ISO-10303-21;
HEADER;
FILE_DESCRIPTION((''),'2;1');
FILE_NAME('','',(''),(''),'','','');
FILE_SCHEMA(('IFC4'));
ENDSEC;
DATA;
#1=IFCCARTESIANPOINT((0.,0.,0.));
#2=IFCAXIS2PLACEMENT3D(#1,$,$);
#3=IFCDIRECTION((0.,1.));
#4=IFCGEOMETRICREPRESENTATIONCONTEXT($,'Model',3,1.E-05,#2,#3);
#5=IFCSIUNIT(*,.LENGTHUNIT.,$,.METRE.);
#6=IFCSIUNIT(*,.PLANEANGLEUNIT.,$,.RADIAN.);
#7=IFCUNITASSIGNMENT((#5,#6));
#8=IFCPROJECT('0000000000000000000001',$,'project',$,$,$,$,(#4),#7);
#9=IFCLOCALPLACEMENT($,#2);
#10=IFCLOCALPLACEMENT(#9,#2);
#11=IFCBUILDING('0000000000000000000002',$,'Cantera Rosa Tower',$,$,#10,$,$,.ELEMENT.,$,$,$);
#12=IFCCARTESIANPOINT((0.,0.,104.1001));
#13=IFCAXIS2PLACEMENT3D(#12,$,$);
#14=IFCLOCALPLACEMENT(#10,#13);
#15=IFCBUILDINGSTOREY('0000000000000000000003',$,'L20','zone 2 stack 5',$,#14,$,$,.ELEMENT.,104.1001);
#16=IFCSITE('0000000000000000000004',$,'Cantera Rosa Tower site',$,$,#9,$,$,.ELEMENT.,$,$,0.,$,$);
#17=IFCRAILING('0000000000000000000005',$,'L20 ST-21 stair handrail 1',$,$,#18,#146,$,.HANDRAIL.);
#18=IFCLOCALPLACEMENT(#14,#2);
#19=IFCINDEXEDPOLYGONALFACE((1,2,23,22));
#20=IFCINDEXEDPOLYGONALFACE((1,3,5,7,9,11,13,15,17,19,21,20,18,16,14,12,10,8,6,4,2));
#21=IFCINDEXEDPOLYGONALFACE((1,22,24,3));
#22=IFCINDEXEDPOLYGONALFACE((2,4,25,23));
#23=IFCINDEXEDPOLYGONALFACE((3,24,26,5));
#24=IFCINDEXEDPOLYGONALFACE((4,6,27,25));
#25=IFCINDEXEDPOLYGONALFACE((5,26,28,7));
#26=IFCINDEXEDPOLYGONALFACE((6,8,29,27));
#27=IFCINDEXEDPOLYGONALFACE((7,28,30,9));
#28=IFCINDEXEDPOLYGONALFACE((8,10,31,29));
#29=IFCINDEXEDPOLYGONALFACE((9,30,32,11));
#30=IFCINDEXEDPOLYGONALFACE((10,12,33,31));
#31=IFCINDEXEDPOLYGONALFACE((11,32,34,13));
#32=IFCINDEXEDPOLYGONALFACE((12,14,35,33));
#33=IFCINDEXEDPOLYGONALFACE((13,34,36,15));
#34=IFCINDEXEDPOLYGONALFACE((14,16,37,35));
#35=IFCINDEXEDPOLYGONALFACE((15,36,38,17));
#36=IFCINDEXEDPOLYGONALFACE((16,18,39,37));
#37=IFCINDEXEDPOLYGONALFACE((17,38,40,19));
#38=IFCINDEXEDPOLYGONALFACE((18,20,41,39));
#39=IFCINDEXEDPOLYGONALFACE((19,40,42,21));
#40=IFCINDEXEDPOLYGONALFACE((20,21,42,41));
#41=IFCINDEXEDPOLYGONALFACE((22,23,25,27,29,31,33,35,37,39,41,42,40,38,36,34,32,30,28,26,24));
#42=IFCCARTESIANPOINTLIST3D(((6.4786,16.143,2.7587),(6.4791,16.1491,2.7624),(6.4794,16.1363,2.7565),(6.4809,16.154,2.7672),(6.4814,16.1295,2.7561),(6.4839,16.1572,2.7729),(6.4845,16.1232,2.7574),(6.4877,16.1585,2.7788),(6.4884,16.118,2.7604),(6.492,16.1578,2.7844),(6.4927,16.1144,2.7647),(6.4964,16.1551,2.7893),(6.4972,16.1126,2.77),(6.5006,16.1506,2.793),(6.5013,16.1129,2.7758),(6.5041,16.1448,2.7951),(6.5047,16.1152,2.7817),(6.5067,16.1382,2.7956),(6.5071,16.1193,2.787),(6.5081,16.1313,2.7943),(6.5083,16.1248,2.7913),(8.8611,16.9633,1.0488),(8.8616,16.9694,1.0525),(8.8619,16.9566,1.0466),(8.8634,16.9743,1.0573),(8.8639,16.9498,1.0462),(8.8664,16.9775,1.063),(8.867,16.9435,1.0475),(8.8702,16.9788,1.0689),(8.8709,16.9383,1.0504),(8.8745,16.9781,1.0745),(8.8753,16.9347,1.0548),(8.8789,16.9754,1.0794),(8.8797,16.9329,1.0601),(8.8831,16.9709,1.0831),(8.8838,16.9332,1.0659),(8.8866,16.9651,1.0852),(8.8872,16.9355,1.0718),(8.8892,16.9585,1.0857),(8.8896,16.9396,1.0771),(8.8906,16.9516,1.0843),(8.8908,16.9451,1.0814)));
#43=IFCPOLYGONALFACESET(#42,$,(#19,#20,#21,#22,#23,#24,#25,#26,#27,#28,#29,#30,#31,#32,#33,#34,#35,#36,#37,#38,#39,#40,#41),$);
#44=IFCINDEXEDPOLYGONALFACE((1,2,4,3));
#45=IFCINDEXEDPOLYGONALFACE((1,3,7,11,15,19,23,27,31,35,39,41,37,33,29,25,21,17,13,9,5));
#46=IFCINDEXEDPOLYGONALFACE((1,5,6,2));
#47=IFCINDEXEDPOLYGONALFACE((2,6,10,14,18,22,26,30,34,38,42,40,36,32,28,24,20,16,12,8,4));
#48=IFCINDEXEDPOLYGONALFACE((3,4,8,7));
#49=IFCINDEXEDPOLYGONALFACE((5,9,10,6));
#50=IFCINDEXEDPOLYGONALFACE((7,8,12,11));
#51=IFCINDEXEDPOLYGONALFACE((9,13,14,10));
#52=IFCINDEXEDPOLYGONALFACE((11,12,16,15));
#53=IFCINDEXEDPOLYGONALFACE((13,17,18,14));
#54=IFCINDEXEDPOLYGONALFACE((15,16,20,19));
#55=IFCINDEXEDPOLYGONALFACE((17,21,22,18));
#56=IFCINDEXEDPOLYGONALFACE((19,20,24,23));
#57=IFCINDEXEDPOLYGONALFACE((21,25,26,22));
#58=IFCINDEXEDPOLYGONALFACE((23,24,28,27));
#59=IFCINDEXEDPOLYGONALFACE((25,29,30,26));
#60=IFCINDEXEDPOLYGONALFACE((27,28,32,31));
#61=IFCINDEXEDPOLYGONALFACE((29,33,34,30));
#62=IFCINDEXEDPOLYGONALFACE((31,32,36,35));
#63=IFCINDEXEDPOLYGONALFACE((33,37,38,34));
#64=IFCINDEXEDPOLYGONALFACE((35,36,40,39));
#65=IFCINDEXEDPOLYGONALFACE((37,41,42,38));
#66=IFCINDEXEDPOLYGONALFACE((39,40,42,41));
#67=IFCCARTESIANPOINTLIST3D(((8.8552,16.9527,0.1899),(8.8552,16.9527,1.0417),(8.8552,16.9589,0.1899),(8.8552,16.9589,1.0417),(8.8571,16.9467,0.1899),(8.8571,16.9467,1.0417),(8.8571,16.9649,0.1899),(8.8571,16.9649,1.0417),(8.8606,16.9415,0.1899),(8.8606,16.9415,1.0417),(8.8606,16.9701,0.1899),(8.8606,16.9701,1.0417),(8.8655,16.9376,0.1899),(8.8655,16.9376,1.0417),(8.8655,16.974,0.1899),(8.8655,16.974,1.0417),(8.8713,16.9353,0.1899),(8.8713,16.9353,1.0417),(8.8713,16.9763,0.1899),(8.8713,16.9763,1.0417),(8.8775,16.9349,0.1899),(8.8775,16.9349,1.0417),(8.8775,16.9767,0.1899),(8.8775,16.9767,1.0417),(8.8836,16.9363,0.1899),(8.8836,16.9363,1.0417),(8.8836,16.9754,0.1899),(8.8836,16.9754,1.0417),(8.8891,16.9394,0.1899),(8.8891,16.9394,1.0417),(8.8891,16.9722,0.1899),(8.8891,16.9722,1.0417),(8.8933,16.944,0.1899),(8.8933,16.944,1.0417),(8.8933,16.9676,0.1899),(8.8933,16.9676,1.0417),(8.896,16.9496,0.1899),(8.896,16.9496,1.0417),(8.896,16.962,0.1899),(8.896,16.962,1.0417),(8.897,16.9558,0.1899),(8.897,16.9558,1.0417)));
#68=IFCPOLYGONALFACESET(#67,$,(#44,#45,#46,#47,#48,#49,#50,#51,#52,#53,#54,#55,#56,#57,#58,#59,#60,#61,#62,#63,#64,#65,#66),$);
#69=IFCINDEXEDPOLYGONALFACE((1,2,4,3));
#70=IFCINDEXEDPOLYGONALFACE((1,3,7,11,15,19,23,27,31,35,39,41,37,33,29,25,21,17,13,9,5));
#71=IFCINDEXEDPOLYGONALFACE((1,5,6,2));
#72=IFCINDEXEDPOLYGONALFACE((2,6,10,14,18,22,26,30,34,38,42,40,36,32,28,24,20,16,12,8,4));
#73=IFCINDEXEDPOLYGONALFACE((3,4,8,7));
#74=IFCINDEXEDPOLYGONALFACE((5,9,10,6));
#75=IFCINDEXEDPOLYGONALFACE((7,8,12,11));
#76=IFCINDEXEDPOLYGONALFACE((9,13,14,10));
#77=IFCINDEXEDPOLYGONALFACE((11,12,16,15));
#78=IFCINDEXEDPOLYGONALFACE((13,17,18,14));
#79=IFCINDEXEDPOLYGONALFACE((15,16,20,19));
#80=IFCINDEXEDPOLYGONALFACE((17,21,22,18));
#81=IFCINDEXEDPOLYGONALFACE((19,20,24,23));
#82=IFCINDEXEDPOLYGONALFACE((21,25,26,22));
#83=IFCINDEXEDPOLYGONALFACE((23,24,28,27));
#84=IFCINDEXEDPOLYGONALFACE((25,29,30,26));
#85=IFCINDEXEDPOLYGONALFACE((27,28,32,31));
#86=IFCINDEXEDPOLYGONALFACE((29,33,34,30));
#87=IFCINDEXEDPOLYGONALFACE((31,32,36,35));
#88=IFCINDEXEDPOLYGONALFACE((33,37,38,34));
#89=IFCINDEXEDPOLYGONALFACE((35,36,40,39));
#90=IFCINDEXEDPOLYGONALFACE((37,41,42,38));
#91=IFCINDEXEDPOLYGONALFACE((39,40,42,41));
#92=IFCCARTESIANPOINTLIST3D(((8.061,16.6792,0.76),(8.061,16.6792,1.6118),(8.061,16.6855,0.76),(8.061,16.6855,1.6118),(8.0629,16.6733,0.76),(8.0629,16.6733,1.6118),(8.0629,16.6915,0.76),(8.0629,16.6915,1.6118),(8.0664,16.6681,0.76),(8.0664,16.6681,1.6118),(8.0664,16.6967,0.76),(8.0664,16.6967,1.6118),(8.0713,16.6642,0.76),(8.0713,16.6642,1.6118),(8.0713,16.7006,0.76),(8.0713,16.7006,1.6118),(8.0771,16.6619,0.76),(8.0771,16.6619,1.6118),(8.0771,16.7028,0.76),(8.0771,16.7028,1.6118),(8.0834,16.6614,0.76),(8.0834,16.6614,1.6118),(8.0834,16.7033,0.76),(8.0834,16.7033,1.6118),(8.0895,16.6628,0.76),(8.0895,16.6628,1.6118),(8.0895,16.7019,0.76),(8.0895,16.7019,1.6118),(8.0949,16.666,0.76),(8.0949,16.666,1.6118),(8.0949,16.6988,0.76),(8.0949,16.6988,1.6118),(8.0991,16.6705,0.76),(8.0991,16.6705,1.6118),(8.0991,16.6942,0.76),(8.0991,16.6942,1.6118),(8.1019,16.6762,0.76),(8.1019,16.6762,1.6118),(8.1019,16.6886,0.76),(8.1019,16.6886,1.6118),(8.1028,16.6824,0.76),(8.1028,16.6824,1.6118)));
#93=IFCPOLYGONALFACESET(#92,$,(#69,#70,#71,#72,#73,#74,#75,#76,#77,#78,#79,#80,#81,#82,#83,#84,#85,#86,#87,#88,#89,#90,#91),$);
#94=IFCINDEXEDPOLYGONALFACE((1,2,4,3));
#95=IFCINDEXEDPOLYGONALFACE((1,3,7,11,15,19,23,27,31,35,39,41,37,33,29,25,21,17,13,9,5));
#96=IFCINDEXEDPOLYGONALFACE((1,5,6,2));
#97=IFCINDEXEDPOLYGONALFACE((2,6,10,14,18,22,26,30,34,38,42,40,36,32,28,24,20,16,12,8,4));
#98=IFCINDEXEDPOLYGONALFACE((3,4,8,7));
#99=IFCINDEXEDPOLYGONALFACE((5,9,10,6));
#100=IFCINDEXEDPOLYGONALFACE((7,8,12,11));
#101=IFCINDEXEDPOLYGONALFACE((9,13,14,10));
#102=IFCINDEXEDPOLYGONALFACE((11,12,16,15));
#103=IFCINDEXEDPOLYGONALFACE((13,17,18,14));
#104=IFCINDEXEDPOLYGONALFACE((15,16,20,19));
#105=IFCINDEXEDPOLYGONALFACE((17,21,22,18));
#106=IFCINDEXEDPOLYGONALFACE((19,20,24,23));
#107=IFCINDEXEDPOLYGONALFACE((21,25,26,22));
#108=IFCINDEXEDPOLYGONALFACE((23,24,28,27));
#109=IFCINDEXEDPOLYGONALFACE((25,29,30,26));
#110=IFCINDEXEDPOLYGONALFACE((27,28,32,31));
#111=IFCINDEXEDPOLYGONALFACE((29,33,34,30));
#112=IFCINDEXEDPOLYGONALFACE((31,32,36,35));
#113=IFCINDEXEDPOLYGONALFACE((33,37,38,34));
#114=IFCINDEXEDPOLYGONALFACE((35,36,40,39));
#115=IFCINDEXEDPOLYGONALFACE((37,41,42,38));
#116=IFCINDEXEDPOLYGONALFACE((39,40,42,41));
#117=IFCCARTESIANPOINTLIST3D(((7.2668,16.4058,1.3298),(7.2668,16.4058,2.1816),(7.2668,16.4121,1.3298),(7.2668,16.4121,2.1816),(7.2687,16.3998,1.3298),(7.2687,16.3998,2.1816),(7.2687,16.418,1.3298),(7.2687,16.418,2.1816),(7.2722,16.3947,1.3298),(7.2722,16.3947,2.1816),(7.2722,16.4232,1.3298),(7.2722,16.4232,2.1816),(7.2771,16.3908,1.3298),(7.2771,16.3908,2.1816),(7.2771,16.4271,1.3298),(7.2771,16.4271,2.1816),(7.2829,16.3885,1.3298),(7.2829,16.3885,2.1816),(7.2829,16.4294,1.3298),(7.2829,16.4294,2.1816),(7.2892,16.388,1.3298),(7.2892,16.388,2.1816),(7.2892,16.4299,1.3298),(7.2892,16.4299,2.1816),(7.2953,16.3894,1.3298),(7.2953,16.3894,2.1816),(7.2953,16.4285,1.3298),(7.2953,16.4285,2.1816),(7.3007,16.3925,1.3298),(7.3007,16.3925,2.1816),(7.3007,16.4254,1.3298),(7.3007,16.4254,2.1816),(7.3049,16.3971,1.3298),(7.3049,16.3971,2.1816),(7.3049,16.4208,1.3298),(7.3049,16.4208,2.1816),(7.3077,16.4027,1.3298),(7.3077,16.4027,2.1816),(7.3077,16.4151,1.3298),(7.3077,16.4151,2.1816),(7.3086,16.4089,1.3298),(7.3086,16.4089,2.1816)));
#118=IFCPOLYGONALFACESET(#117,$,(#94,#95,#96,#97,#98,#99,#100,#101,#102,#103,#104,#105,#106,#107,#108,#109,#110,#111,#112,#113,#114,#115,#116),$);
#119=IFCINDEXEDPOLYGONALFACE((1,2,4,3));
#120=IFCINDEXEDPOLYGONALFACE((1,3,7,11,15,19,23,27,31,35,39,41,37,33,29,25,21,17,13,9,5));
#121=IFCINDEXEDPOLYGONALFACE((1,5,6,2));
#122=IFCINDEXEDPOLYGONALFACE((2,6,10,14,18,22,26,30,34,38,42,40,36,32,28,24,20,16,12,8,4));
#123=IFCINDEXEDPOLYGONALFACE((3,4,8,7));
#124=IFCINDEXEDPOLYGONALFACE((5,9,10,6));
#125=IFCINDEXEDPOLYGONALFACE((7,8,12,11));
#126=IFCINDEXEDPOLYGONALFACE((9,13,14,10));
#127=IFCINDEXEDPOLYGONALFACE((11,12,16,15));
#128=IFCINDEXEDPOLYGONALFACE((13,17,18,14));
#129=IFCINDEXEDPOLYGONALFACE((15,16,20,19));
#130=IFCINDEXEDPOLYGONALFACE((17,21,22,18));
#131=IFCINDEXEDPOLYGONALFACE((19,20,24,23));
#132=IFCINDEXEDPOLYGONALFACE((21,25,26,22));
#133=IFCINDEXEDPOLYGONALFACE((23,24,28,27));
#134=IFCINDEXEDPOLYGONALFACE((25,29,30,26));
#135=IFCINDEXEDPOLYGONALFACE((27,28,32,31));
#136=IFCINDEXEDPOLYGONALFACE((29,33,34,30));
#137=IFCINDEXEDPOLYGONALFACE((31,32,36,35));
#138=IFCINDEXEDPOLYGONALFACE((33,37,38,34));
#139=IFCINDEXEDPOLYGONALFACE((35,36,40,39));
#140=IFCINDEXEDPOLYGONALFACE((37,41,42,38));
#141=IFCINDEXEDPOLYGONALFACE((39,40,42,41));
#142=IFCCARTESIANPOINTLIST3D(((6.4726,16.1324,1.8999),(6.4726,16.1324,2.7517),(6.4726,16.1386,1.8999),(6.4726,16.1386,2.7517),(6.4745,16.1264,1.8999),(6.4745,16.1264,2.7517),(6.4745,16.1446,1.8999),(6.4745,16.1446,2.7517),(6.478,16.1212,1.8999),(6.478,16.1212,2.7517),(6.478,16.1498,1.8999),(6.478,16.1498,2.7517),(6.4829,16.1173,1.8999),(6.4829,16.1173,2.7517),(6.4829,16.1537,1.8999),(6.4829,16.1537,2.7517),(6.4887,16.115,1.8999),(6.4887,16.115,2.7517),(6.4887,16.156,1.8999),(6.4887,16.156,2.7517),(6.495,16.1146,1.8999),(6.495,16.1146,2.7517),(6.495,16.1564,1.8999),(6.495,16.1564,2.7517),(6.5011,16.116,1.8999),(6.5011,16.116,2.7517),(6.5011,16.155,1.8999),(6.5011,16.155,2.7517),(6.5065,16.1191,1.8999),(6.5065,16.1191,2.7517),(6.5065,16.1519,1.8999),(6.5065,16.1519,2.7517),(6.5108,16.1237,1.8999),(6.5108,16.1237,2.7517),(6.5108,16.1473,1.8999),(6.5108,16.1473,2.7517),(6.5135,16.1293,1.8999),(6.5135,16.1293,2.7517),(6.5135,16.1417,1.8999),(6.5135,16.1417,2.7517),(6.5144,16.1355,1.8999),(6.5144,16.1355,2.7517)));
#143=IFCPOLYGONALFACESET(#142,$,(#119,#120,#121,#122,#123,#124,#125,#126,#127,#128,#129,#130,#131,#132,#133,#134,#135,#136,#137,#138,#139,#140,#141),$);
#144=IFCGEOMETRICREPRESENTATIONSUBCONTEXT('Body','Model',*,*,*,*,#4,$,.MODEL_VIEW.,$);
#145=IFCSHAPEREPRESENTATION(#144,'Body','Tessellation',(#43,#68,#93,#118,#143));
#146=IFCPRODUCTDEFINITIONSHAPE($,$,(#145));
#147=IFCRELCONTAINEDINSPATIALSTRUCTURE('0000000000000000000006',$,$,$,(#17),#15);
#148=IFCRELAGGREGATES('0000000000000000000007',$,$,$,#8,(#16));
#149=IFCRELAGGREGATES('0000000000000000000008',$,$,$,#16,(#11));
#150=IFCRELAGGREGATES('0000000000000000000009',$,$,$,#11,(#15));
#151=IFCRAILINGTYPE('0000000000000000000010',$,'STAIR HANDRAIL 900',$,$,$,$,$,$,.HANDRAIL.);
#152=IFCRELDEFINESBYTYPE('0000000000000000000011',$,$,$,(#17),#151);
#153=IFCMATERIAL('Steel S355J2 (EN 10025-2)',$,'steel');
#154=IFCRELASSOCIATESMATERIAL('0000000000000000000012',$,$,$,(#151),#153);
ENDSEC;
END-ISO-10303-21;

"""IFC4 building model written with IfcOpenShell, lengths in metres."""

from ifc_helpers import new_model, si_unit, direction, frame, origin, origin_2d, place, context, subcontext, project, spatial, circle, extrude, material, type_object, element, save


model = new_model("IFC4")

# Units and contexts
model_context = context("Model", 3, precision=1e-05, world=origin(), true_north=direction((0.0, 1.0)))
body_context = subcontext(model_context, "Body", "Model", "MODEL_VIEW")
ifc_project = project(units=[si_unit("LENGTHUNIT", "METRE"), si_unit("PLANEANGLEUNIT", "RADIAN")], contexts=[model_context])

# Site, building, storey
site_placement = place(None, origin())
site = spatial("IfcSite", under=ifc_project, at=site_placement, Name="Cantera Rosa Tower site", CompositionType="ELEMENT", RefElevation=0.0)
building_placement = place(site_placement, origin())
building = spatial("IfcBuilding", under=site, at=building_placement, Name="Cantera Rosa Tower", CompositionType="ELEMENT")
storey_placement = place(building_placement, frame((0.0, 0.0, 104.1001)))
storey = spatial("IfcBuildingStorey", under=building, at=storey_placement, Name="L20", Description="zone 2 stack 5", CompositionType="ELEMENT", Elevation=104.1001)

# Railing
ifc_material_1 = material(Name="Steel S355J2 (EN 10025-2)", Category="steel")
railing_type_1 = type_object("IfcRailingType", Name="STAIR HANDRAIL 900", PredefinedType="HANDRAIL", material=ifc_material_1)
railing_1_placement = place(storey_placement, frame((8.876, 16.9558, 0.1899)))
element("IfcRailing", 1, at=railing_1_placement, inside=storey, type_object=railing_type_1, Name="L20 ST-21 stair handrail 1", PredefinedType="HANDRAIL", context=body_context, shape_type="SweptSolid", body=[
    extrude(circle(Radius=0.0239, at=origin_2d()), frame((0.0, 0.0, 0.876), z_axis=(-0.78239, -0.269375, 0.561519), x_axis=(0.325543, -0.945527, 0.0)), (0.0, 0.0, 1.0), 3.0452),
    extrude(circle(Radius=0.021, at=origin_2d()), origin(), (0.0, 0.0, 1.0), 0.8518),
    extrude(circle(Radius=0.021, at=origin_2d()), frame((-0.7942, -0.2734, 0.5701)), (0.0, 0.0, 1.0), 0.8518),
    extrude(circle(Radius=0.021, at=origin_2d()), frame((-1.5884, -0.5469, 1.1399)), (0.0, 0.0, 1.0), 0.8518),
    extrude(circle(Radius=0.021, at=origin_2d()), frame((-2.3826, -0.8203, 1.71)), (0.0, 0.0, 1.0), 0.8518),
])

save(model, "model.ifc")
